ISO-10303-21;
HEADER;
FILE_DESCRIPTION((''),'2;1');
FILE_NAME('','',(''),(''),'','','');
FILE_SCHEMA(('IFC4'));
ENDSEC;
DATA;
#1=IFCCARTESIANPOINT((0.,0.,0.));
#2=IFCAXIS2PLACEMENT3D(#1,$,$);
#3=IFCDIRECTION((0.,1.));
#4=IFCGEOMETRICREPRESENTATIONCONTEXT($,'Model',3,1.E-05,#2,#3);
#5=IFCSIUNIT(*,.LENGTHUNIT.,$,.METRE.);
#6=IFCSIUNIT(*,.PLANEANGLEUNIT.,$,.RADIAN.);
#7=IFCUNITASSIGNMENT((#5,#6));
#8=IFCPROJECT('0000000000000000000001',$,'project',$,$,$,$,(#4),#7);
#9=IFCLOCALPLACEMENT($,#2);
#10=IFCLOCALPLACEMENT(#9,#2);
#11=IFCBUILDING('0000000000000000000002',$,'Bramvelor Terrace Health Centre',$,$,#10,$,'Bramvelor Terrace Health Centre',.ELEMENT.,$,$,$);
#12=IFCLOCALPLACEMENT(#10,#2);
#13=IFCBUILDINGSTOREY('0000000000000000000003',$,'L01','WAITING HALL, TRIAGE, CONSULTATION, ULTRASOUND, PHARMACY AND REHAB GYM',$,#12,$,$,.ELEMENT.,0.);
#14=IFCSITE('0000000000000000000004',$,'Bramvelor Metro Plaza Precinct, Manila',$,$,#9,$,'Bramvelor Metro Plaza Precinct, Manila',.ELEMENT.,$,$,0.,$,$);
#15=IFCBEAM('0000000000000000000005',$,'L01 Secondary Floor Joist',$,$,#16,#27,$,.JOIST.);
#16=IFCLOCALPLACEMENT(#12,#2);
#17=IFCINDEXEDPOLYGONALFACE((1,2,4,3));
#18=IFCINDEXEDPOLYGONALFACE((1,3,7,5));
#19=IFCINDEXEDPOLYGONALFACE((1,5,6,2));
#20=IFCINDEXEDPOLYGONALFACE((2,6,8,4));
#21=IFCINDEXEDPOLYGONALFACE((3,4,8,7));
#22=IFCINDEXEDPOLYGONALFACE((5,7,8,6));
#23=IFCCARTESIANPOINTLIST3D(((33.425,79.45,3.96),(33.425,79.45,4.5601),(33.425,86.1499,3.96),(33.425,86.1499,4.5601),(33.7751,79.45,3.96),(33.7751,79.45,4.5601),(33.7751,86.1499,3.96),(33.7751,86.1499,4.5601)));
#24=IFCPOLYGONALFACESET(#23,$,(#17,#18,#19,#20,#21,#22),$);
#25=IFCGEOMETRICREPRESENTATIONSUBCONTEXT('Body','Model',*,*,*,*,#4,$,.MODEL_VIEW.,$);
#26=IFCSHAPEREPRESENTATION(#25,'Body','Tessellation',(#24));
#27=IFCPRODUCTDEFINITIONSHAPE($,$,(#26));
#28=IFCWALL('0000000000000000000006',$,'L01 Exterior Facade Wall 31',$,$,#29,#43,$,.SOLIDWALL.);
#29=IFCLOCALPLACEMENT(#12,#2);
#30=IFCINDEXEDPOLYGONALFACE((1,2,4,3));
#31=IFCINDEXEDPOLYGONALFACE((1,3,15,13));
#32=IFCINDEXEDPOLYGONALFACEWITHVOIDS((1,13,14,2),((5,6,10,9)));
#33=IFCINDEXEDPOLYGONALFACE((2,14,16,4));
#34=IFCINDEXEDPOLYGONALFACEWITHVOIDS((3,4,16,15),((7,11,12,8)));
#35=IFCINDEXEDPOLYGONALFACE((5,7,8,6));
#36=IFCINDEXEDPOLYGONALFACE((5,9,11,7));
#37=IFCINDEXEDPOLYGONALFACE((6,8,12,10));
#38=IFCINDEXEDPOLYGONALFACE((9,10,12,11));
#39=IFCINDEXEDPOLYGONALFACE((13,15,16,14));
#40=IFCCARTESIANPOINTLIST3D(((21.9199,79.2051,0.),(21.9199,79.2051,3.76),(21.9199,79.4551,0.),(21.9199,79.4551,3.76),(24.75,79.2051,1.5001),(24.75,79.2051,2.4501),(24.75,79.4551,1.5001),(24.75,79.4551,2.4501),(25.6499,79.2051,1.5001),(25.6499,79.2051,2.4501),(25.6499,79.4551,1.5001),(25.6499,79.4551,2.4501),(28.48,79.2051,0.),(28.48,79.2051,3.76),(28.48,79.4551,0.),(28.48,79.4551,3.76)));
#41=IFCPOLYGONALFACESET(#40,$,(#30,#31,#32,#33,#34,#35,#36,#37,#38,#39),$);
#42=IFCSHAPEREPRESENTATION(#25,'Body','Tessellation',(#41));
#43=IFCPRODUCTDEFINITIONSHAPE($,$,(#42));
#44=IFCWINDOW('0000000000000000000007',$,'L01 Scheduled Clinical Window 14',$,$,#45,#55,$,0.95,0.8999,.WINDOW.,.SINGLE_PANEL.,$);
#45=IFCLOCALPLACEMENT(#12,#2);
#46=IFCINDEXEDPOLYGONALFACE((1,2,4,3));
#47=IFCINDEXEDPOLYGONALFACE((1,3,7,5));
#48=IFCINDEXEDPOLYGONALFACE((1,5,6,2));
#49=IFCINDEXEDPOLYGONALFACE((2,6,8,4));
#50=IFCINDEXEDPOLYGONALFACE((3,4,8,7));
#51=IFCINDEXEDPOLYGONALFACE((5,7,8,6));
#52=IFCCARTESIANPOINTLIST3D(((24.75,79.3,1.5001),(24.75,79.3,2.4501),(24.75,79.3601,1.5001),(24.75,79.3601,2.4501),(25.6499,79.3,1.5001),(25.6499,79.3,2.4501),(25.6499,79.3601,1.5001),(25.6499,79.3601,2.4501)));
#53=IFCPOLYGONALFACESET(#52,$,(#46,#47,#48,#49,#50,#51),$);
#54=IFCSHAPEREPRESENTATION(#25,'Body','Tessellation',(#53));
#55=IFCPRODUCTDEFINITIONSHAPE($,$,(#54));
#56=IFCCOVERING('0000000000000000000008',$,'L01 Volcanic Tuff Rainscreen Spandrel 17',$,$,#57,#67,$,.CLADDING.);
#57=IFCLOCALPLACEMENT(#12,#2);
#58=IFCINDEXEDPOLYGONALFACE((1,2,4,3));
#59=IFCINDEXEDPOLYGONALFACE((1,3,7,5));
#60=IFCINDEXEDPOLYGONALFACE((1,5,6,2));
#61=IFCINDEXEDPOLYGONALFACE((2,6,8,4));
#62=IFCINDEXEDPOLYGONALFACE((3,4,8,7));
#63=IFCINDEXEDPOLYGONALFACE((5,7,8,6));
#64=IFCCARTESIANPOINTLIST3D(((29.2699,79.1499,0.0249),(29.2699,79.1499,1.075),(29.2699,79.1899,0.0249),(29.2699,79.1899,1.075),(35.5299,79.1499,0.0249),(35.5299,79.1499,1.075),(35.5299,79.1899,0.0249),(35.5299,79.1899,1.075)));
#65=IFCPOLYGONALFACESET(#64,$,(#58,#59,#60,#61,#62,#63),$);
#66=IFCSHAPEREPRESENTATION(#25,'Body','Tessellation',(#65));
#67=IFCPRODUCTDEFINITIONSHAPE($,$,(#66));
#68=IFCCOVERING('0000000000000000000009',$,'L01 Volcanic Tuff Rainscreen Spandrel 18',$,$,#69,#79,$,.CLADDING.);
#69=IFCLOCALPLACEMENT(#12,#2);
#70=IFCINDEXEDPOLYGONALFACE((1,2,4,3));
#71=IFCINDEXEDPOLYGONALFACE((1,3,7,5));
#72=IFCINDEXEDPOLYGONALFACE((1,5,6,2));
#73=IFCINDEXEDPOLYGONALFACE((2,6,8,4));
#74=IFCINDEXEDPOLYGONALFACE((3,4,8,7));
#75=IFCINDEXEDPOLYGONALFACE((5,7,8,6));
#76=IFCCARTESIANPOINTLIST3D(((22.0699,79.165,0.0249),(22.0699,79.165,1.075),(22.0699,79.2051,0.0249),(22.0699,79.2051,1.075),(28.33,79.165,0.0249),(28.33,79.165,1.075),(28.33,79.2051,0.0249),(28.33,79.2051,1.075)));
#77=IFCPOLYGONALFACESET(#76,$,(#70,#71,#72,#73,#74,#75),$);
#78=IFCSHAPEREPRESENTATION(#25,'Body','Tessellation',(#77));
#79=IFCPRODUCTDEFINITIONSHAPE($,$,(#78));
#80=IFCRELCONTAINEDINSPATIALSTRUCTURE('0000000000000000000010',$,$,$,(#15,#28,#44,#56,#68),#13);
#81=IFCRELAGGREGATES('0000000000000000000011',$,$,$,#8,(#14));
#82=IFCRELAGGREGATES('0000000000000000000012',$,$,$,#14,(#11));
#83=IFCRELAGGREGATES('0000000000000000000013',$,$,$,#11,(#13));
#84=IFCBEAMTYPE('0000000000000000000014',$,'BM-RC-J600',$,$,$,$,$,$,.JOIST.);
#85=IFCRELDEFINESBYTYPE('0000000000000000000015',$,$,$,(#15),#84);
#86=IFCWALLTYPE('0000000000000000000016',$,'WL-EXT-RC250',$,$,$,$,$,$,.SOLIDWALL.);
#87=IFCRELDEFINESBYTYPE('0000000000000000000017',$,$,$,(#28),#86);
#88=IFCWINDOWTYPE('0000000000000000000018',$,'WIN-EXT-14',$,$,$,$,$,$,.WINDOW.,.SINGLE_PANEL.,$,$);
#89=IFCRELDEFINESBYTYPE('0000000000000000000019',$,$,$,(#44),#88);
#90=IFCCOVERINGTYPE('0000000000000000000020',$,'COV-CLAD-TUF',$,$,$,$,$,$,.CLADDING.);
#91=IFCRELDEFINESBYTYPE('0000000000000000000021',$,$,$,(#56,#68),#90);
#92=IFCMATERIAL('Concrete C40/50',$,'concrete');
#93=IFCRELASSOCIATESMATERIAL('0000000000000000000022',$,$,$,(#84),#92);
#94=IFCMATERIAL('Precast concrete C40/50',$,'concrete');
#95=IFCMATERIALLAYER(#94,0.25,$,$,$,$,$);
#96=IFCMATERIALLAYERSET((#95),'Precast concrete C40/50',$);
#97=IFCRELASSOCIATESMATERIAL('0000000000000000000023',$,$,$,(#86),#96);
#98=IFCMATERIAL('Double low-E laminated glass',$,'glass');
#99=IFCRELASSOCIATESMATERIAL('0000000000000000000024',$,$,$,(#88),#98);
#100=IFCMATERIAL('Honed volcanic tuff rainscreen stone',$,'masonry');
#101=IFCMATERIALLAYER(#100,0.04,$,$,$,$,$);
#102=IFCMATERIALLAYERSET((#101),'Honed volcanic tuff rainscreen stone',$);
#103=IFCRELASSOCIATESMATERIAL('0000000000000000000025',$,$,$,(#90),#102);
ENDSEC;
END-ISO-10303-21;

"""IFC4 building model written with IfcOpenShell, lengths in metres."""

from ifc_helpers import new_model, si_unit, direction, frame, frame_2d, origin, origin_2d, place, context, subcontext, project, spatial, rectangle, extrude, material, layer, layer_set, material_profile, profile_set, type_object, element, fill, save


model = new_model("IFC4")

# Units and contexts
model_context = context("Model", 3, precision=1e-05, world=origin(), true_north=direction((0.0, 1.0)))
body_context = subcontext(model_context, "Body", "Model", "MODEL_VIEW")
ifc_project = project(units=[si_unit("LENGTHUNIT", "METRE"), si_unit("PLANEANGLEUNIT", "RADIAN")], contexts=[model_context])

# Site, building, storey
site_placement = place(None, origin())
site = spatial("IfcSite", under=ifc_project, at=site_placement, Name="Bramvelor Metro Plaza Precinct, Manila", LongName="Bramvelor Metro Plaza Precinct, Manila", CompositionType="ELEMENT", RefElevation=0.0)
building_placement = place(site_placement, origin())
building = spatial("IfcBuilding", under=site, at=building_placement, Name="Bramvelor Terrace Health Centre", LongName="Bramvelor Terrace Health Centre", CompositionType="ELEMENT")
storey_placement = place(building_placement, origin())
storey = spatial("IfcBuildingStorey", under=building, at=storey_placement, Name="L01", Description="WAITING HALL, TRIAGE, CONSULTATION, ULTRASOUND, PHARMACY AND REHAB GYM", CompositionType="ELEMENT", Elevation=0.0)

# Beam
ifc_material_1 = material(Name="Concrete C40/50", Category="concrete")
ifc_material_profile_1 = material_profile(ifc_material_1, rectangle(XDim=0.3501, YDim=0.6001, at=origin_2d()), Name="RC 350x600")
ifc_profile_set_1 = profile_set([ifc_material_profile_1], Name="Concrete C40/50")
beam_type_1 = type_object("IfcBeamType", Name="BM-RC-J600", PredefinedType="JOIST", material=ifc_profile_set_1)
for number, where, z_axis, x_axis, name in (
    (1, (33.6001, 79.45, 4.26), (0.0, 1.0, 0.0), (-1.0, 0.0, 0.0), "L01 Secondary Floor Joist"),
):
    element("IfcBeam", number, at=place(storey_placement, frame(where, z_axis=z_axis, x_axis=x_axis)), inside=storey, type_object=beam_type_1, Name=name, PredefinedType="JOIST", context=body_context, shape_type="SweptSolid", body=[
        extrude(rectangle(XDim=0.3501, YDim=0.6001, at=origin_2d()), origin(), (0.0, 0.0, 1.0), 6.7),
    ])

# Wall, opening, window
ifc_material_2 = material(Name="Precast concrete C40/50", Category="concrete")
ifc_layer_1 = layer(ifc_material_2, 0.25)
ifc_layer_set_1 = layer_set([ifc_layer_1], Name="Precast concrete C40/50")
wall_type_1 = type_object("IfcWallType", Name="WL-EXT-RC250", PredefinedType="SOLIDWALL", material=ifc_layer_set_1)
wall_1_placement = place(storey_placement, frame((28.48, 79.3301, 0.0), z_axis=(0.0, 0.0, 1.0), x_axis=(-1.0, 0.0, 0.0)))
wall_1 = element("IfcWall", 2, at=wall_1_placement, inside=storey, type_object=wall_type_1, Name="L01 Exterior Facade Wall 31", PredefinedType="SOLIDWALL", context=body_context, shape_type="SweptSolid", body=[
    extrude(rectangle(XDim=6.5601, YDim=0.25, at=frame_2d((3.28, 0.0))), origin(), (0.0, 0.0, 1.0), 3.76),
])
opening_1_placement = place(wall_1_placement, frame((2.8301, 0.0, 1.5)))
opening_1 = element("IfcOpeningElement", 3, at=opening_1_placement, cuts=wall_1, PredefinedType="OPENING", context=body_context, shape_type="SweptSolid", body=[
    extrude(rectangle(XDim=0.8999, YDim=0.95, at=frame_2d((0.45, 0.4751))), frame((0.0, 0.135, 0.0), z_axis=(0.0, -1.0, 0.0), x_axis=(1.0, 0.0, 0.0)), (0.0, 0.0, 1.0), 0.27),
])
ifc_material_3 = material(Name="Double low-E laminated glass", Category="glass")
window_type = type_object("IfcWindowType", Name="WIN-EXT-14", PartitioningType="SINGLE_PANEL", PredefinedType="WINDOW", material=ifc_material_3)
window_placement = place(opening_1_placement, origin())
window = element("IfcWindow", 4, at=window_placement, inside=storey, type_object=window_type, Name="L01 Scheduled Clinical Window 14", OverallHeight=0.95, OverallWidth=0.8999, PartitioningType="SINGLE_PANEL", PredefinedType="WINDOW", context=body_context, shape_type="SweptSolid", body=[
    extrude(rectangle(XDim=0.8999, YDim=0.95, at=frame_2d((0.45, 0.4751))), frame((0.0, 0.03, 0.0), z_axis=(0.0, -1.0, 0.0), x_axis=(1.0, 0.0, 0.0)), (0.0, 0.0, 1.0), 0.0601),
])
fill(opening_1, window)

# Coverings
ifc_material_4 = material(Name="Honed volcanic tuff rainscreen stone", Category="masonry")
ifc_layer_2 = layer(ifc_material_4, 0.04)
ifc_layer_set_2 = layer_set([ifc_layer_2], Name="Honed volcanic tuff rainscreen stone")
covering_type = type_object("IfcCoveringType", Name="COV-CLAD-TUF", PredefinedType="CLADDING", material=ifc_layer_set_2)
for number, where, z_axis, x_axis, name in (
    (5, (32.3999, 79.1699, 0.0249), (0.0, 0.0, 1.0), (1.0, 0.0, 0.0), "L01 Volcanic Tuff Rainscreen Spandrel 17"),
    (6, (25.2, 79.1851, 0.0249), (0.0, 0.0, 1.0), (1.0, 0.0, 0.0), "L01 Volcanic Tuff Rainscreen Spandrel 18"),
):
    element("IfcCovering", number, at=place(storey_placement, frame(where, z_axis=z_axis, x_axis=x_axis)), inside=storey, type_object=covering_type, Name=name, PredefinedType="CLADDING", context=body_context, shape_type="SweptSolid", body=[
        extrude(rectangle(XDim=6.26, YDim=0.04, at=origin_2d()), origin(), (0.0, 0.0, 1.0), 1.05),
    ])

save(model, "model.ifc")
